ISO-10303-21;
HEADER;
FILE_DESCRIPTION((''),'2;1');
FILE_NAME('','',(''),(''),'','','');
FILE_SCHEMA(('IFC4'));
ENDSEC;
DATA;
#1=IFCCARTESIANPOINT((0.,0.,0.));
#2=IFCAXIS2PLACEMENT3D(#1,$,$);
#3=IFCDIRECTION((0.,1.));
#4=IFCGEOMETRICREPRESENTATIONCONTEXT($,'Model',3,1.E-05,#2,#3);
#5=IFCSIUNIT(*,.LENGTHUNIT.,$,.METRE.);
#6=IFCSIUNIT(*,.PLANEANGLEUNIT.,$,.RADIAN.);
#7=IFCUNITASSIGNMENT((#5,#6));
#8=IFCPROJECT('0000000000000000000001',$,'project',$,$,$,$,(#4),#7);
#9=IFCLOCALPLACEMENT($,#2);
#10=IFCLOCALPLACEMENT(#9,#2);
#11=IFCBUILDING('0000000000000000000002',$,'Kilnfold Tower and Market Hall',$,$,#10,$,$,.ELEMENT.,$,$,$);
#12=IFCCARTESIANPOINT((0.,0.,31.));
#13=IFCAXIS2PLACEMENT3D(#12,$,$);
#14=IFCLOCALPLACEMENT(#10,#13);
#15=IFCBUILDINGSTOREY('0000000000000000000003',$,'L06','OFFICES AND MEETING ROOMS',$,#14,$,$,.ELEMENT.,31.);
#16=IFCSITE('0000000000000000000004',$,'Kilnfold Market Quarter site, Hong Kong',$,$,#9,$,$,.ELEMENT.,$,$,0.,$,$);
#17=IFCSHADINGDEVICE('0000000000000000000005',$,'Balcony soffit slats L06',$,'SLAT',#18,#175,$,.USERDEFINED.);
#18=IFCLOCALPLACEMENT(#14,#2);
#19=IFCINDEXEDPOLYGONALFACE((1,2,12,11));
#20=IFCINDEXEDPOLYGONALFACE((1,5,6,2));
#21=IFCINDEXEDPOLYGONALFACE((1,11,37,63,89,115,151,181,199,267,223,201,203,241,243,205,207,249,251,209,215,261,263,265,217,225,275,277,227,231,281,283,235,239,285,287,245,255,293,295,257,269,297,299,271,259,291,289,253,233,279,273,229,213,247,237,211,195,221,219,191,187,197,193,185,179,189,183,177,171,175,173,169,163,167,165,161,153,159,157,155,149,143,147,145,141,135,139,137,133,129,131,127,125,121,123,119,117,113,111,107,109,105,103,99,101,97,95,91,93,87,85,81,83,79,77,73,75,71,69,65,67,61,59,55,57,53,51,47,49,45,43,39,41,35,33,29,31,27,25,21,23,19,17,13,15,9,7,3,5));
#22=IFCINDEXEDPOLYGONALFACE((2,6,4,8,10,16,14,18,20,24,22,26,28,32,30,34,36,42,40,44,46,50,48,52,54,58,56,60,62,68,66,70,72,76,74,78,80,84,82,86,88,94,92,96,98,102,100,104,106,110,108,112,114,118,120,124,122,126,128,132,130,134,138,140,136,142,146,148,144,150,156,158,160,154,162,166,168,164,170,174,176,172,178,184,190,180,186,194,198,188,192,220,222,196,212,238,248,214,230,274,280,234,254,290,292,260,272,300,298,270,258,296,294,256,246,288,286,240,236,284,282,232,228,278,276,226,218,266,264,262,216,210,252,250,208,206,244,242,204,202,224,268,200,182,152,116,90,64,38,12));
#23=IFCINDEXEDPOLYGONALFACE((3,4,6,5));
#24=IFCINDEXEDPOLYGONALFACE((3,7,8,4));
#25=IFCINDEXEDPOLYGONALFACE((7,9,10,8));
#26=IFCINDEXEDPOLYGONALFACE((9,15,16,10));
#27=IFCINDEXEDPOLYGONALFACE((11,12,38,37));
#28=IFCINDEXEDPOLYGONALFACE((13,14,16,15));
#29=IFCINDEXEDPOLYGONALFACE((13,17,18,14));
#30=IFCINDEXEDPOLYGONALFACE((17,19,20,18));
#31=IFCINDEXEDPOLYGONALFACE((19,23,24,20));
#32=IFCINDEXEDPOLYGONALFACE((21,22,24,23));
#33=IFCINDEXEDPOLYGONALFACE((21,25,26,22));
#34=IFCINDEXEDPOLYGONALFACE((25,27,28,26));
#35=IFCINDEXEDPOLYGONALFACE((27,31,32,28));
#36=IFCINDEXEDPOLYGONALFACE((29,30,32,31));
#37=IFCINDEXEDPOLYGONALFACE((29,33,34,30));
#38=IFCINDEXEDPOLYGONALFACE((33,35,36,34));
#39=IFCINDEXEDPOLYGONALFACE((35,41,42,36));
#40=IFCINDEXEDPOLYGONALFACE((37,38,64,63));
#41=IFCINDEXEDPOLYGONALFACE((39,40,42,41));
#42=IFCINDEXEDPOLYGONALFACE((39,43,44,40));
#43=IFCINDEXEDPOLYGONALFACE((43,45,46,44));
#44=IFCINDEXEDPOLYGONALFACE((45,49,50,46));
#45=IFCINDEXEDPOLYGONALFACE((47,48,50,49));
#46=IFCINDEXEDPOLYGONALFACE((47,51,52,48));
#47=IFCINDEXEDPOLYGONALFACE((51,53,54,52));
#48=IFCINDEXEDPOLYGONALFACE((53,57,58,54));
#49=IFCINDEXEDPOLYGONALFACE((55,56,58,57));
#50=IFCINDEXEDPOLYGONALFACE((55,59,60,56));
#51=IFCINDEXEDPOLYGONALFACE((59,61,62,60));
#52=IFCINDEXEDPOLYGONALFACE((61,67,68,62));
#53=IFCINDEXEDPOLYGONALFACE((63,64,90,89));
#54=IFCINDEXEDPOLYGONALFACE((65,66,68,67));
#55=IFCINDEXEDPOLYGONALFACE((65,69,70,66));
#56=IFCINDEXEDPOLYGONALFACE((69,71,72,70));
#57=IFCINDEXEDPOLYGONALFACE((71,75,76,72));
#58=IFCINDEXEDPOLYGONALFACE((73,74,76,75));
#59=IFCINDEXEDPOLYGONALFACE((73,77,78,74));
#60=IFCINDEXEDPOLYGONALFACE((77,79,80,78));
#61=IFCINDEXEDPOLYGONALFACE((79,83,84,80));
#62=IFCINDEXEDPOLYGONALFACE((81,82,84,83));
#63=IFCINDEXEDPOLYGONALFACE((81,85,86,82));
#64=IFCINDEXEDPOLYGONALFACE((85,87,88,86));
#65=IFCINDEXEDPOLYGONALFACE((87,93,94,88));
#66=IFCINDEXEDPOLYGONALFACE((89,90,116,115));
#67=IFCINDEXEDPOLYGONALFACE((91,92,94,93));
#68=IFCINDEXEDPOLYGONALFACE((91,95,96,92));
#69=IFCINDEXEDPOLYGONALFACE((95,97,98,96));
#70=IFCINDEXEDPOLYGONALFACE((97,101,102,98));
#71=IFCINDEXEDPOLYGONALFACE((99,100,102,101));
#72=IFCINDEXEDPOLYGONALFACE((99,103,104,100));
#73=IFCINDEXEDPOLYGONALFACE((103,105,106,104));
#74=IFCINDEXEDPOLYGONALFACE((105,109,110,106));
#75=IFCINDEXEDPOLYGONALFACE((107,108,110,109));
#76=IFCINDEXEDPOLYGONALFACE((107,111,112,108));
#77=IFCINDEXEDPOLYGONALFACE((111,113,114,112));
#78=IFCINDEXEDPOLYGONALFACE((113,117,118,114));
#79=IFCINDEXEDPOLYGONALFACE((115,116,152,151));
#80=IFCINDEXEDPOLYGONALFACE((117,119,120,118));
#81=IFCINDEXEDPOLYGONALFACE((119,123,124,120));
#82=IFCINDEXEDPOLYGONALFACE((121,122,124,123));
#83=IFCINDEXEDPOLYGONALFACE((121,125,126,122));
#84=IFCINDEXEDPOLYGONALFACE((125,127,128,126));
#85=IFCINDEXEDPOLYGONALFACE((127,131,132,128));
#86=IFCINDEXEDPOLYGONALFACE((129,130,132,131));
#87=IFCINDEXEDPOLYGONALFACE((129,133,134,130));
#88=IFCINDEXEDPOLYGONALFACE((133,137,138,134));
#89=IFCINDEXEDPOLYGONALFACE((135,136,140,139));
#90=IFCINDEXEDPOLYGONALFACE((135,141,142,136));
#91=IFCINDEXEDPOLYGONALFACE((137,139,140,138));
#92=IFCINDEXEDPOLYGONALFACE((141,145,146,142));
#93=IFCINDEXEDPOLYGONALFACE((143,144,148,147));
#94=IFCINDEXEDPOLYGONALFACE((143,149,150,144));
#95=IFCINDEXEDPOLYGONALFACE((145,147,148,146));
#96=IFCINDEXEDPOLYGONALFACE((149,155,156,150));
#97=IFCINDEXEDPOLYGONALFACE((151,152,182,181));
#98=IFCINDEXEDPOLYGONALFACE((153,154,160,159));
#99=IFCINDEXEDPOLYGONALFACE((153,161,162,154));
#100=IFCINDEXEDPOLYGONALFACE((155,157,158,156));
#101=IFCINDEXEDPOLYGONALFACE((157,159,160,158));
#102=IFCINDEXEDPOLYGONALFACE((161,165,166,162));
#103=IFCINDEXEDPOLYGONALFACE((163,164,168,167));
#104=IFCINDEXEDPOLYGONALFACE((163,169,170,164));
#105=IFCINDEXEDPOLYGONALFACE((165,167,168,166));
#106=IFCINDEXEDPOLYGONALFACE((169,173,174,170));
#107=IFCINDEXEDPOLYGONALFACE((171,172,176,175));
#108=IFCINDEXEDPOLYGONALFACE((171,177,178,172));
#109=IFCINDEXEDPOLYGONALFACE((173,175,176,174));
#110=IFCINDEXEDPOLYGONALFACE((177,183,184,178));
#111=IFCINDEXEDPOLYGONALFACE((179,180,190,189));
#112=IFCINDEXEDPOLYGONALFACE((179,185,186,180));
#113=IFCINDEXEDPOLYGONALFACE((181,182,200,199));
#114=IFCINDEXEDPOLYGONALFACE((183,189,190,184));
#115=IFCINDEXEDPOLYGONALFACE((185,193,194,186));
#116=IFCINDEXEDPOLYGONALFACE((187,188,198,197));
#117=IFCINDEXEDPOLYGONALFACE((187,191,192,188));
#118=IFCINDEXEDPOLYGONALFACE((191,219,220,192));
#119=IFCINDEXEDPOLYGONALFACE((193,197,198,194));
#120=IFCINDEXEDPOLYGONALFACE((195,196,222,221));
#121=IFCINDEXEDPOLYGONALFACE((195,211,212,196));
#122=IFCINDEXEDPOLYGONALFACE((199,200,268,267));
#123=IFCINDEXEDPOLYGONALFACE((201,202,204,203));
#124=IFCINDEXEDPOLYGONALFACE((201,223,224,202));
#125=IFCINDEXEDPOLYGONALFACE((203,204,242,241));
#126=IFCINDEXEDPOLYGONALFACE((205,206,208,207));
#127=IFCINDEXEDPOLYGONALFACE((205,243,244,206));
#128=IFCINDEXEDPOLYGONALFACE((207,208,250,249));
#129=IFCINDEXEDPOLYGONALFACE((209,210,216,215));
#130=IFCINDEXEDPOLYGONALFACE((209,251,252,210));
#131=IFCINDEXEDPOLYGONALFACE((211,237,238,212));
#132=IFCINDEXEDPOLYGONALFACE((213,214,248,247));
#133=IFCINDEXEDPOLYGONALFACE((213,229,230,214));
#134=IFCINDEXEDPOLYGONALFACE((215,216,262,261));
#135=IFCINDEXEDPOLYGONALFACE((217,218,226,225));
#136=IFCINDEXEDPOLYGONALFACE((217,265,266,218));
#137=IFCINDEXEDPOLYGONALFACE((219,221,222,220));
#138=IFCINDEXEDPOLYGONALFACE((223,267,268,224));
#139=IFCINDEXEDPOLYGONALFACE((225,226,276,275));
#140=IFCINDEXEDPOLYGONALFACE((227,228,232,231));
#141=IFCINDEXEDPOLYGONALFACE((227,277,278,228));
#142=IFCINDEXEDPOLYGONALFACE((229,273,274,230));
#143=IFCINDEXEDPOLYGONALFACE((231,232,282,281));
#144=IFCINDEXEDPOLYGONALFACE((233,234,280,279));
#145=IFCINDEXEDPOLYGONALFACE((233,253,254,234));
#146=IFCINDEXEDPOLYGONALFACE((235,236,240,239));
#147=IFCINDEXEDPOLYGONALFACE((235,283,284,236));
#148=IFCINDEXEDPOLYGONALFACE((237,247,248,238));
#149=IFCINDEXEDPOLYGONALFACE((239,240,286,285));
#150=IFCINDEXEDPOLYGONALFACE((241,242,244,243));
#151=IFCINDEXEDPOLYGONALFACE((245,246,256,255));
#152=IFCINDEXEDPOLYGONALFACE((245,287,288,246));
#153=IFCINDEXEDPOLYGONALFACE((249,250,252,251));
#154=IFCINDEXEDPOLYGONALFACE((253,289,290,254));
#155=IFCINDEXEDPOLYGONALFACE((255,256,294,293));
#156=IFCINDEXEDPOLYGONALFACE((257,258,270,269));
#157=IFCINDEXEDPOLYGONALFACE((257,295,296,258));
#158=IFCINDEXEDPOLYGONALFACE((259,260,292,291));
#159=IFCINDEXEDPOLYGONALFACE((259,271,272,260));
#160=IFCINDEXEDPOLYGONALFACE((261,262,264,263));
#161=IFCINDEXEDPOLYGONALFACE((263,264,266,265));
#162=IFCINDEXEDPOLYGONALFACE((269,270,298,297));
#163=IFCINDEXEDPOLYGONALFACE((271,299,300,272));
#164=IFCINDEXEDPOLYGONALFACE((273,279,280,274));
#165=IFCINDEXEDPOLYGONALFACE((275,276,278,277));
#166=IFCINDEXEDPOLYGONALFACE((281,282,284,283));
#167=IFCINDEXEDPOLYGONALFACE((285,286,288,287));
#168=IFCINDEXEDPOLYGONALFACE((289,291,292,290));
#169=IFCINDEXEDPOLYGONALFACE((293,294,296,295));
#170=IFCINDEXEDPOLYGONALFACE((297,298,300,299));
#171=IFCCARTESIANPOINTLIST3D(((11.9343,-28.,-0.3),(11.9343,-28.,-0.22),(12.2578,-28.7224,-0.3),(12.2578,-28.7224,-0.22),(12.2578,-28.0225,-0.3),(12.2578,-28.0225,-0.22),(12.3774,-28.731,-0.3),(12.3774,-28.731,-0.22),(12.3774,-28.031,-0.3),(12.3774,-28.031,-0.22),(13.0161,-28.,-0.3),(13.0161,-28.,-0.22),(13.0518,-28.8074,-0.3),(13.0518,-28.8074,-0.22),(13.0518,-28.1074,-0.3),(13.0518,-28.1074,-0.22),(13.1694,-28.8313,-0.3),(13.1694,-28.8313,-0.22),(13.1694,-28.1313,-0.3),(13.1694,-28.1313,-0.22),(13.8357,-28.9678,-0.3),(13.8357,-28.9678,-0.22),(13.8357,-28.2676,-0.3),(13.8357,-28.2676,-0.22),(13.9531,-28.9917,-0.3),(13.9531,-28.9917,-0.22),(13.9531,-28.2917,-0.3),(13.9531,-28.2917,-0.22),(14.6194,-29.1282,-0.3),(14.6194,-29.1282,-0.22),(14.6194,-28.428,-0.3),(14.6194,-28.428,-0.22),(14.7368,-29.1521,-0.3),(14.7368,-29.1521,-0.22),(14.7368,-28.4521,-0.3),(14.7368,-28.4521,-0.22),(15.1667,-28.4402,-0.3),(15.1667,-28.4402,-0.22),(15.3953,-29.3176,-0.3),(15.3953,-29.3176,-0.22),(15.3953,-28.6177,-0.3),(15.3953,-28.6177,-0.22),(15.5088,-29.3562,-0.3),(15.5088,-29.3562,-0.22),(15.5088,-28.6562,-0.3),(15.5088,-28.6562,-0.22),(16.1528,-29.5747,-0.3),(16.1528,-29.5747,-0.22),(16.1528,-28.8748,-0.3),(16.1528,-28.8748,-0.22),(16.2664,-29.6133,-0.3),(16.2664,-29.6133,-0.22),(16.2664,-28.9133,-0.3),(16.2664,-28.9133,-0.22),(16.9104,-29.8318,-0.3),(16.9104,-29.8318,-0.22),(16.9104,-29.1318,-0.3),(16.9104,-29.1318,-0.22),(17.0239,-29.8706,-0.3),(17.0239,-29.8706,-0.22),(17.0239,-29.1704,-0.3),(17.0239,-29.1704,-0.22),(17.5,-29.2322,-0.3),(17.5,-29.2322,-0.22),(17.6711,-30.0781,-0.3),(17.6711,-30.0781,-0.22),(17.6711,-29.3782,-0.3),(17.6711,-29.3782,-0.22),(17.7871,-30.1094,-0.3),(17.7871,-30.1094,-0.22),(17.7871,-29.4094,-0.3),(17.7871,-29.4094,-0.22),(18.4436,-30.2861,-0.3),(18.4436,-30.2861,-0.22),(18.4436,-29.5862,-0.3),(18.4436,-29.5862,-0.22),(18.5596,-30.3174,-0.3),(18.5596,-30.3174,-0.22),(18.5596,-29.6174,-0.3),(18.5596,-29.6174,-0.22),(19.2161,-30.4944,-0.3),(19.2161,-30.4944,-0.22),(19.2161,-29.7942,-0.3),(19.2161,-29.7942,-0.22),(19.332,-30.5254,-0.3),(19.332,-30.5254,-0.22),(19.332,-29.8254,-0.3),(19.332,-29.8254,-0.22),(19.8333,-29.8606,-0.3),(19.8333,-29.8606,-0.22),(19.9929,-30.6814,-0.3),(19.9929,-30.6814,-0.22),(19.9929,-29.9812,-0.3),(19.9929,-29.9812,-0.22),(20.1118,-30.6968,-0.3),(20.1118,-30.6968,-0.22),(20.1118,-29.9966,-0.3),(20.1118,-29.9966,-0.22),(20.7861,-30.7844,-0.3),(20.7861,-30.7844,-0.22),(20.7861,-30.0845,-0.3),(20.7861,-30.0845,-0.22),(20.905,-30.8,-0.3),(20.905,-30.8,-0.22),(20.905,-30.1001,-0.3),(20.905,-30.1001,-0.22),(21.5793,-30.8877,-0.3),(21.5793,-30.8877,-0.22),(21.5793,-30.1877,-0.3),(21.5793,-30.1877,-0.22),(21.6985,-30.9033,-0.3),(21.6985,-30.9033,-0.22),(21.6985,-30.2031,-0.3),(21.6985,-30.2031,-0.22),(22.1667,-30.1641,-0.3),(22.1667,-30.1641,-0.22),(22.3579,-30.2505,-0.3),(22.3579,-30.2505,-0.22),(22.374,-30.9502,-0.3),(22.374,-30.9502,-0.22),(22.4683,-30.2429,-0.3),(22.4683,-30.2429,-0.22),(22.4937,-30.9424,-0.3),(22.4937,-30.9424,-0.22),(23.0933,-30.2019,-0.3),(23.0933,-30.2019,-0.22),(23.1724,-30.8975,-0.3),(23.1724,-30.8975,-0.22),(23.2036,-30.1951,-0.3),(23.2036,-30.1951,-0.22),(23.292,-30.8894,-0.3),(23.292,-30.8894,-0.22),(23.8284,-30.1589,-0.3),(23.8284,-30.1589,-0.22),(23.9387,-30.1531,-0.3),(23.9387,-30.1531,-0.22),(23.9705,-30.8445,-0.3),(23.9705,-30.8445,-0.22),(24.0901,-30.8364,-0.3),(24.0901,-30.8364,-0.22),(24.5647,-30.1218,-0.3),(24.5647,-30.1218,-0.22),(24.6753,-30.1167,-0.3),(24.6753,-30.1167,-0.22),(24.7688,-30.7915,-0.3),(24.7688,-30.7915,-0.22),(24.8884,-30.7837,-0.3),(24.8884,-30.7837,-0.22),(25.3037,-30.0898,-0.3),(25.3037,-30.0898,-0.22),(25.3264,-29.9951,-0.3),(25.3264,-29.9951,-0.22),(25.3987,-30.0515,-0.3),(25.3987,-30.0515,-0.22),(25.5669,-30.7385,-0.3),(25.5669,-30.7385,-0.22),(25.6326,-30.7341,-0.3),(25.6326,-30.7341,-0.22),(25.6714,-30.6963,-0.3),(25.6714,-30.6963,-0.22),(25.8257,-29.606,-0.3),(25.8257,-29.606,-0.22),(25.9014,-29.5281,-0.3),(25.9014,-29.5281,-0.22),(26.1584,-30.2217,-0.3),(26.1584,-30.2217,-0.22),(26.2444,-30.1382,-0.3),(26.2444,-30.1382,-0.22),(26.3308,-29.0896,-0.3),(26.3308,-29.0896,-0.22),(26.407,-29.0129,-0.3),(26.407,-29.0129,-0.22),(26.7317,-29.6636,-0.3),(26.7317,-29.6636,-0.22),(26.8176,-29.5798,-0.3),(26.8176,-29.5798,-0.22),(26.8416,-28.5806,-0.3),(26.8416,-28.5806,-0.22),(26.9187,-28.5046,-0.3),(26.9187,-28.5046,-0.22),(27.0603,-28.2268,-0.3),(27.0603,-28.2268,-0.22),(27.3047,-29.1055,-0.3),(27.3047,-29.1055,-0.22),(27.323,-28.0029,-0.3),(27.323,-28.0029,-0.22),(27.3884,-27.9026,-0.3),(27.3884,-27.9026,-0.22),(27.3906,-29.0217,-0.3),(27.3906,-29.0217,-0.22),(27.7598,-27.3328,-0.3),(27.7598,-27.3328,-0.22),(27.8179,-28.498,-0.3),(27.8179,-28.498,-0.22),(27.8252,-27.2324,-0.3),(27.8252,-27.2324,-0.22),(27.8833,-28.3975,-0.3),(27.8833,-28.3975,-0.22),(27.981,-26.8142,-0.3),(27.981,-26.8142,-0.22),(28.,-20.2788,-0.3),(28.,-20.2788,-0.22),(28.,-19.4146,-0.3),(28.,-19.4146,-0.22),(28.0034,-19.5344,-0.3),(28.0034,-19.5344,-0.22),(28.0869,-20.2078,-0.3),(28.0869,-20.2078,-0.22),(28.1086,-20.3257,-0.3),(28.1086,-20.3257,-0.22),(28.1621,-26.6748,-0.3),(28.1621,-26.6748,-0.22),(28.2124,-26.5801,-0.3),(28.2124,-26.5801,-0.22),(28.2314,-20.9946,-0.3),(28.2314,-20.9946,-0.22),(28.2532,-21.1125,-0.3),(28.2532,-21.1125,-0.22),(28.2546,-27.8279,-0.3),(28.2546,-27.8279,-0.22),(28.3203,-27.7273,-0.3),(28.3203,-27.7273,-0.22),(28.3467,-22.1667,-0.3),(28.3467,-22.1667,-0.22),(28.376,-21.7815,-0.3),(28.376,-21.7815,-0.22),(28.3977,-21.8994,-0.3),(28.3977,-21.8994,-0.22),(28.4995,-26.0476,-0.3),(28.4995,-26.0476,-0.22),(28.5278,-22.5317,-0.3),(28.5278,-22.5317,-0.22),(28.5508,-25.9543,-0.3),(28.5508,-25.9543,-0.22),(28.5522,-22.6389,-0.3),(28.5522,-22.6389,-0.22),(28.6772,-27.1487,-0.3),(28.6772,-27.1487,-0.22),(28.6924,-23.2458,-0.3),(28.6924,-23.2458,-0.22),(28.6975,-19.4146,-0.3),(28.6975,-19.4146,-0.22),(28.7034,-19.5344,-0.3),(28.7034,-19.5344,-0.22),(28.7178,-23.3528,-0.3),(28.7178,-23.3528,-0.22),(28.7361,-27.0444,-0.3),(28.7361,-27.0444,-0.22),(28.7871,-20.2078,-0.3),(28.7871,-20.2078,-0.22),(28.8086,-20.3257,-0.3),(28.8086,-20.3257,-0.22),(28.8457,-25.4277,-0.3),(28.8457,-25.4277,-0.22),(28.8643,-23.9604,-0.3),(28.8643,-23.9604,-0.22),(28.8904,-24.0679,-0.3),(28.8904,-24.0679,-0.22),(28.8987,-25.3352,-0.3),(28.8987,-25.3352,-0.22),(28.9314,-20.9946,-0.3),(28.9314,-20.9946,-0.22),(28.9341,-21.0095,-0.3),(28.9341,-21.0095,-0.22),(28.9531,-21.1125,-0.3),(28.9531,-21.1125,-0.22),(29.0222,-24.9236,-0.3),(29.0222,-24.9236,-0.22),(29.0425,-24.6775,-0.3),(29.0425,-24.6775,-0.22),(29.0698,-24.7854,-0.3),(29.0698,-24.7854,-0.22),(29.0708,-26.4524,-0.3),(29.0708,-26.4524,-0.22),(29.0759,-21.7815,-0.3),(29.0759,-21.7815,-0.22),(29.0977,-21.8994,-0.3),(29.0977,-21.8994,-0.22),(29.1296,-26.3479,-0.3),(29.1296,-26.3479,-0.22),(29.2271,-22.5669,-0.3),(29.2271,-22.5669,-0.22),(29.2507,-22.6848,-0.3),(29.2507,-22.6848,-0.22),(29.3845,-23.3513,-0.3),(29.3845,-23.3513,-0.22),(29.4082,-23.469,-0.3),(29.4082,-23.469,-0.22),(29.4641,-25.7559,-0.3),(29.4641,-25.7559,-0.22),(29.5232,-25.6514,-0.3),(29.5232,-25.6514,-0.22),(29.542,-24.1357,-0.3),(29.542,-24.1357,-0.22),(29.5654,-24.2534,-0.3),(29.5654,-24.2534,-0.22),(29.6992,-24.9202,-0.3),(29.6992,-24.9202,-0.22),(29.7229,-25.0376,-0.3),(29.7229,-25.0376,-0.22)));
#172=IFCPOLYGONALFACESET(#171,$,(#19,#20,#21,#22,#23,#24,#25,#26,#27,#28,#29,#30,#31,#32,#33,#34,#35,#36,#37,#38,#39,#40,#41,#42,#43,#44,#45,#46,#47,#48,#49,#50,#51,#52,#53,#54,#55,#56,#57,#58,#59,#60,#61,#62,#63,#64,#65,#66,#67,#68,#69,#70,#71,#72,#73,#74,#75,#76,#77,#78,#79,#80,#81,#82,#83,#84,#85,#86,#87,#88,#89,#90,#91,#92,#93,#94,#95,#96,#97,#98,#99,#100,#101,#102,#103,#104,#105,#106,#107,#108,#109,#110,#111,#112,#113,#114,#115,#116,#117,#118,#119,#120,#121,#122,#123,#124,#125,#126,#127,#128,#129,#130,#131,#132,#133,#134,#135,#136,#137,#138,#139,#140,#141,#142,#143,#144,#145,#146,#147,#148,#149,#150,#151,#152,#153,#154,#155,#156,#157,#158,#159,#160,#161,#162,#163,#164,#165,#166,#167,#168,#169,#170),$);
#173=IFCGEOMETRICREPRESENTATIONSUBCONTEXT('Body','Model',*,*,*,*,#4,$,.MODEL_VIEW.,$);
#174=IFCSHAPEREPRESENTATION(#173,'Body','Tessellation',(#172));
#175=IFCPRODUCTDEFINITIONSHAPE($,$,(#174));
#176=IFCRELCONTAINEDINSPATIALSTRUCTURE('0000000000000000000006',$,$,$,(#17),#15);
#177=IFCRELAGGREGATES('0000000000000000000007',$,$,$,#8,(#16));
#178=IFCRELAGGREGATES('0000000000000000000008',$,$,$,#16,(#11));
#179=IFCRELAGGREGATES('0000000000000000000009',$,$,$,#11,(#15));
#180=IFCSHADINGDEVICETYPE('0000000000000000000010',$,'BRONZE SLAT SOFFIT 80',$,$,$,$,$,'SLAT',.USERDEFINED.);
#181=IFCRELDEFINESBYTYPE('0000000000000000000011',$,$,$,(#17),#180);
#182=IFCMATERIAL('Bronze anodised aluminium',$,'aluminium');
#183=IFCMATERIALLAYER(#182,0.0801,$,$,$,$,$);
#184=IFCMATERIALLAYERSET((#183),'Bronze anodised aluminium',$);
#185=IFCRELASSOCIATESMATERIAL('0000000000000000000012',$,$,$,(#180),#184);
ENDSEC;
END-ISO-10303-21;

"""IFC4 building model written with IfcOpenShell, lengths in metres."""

from ifc_helpers import new_model, si_unit, direction, frame, origin, place, context, subcontext, project, spatial, polyline, outline, extrude, source, transform, mapped, material, layer, layer_set, type_object, element, save


model = new_model("IFC4")

# Units and contexts
model_context = context("Model", 3, precision=1e-05, world=origin(), true_north=direction((0.0, 1.0)))
body_context = subcontext(model_context, "Body", "Model", "MODEL_VIEW")
ifc_project = project(units=[si_unit("LENGTHUNIT", "METRE"), si_unit("PLANEANGLEUNIT", "RADIAN")], contexts=[model_context])

# Site, building, storey
site_placement = place(None, origin())
site = spatial("IfcSite", under=ifc_project, at=site_placement, Name="Kilnfold Market Quarter site, Hong Kong", CompositionType="ELEMENT", RefElevation=0.0)
building_placement = place(site_placement, origin())
building = spatial("IfcBuilding", under=site, at=building_placement, Name="Kilnfold Tower and Market Hall", CompositionType="ELEMENT")
storey_placement = place(building_placement, frame((0.0, 0.0, 31.0)))
storey = spatial("IfcBuildingStorey", under=building, at=storey_placement, Name="L06", Description="OFFICES AND MEETING ROOMS", CompositionType="ELEMENT", Elevation=31.0)

# Shading device
ifc_material_1 = material(Name="Bronze anodised aluminium", Category="aluminium")
ifc_layer_1 = layer(ifc_material_1, 0.0801)
ifc_layer_set_1 = layer_set([ifc_layer_1], Name="Bronze anodised aluminium")
shading_device_type_1 = type_object("IfcShadingDeviceType", Name="BRONZE SLAT SOFFIT 80", ElementType="SLAT", PredefinedType="USERDEFINED", material=ifc_layer_set_1)
shared_shape_1 = source(origin(), body_context, "Body", "SweptSolid", [
    extrude(outline(polyline([(15.1667, -28.4402), (17.5, -29.2322), (19.8333, -29.8606), (22.1667, -30.1641), (25.3264, -29.9951), (27.0603, -28.2268), (27.981, -26.8142), (29.0222, -24.9236), (28.3467, -22.1667), (28.0, -20.2788), (28.0, -19.4146), (28.6975, -19.4146), (28.7034, -19.5344), (28.0034, -19.5344), (28.0869, -20.2078), (28.7871, -20.2078), (28.8086, -20.3257), (28.1086, -20.3257), (28.2314, -20.9946), (28.9314, -20.9946), (28.9341, -21.0095), (28.9531, -21.1125), (28.2532, -21.1125), (28.376, -21.7815), (29.0759, -21.7815), (29.0977, -21.8994), (28.3977, -21.8994), (28.5278, -22.5317), (29.2271, -22.5669), (29.2507, -22.6848), (28.5522, -22.6389), (28.6924, -23.2458), (29.3845, -23.3513), (29.4082, -23.469), (28.7178, -23.3528), (28.8643, -23.9604), (29.542, -24.1357), (29.5654, -24.2534), (28.8904, -24.0679), (29.0425, -24.6775), (29.6992, -24.9202), (29.7229, -25.0376), (29.0698, -24.7854), (28.8987, -25.3352), (29.5232, -25.6514), (29.4641, -25.7559), (28.8457, -25.4277), (28.5508, -25.9543), (29.1296, -26.3479), (29.0708, -26.4524), (28.4995, -26.0476), (28.2124, -26.5801), (28.7361, -27.0444), (28.6772, -27.1487), (28.1621, -26.6748), (27.8252, -27.2324), (28.3203, -27.7273), (28.2546, -27.8279), (27.7598, -27.3328), (27.3884, -27.9026), (27.8833, -28.3975), (27.8179, -28.498), (27.323, -28.0029), (26.9187, -28.5046), (27.3906, -29.0217), (27.3047, -29.1055), (26.8416, -28.5806), (26.407, -29.0129), (26.8176, -29.5798), (26.7317, -29.6636), (26.3308, -29.0896), (25.9014, -29.5281), (26.2444, -30.1382), (26.1584, -30.2217), (25.8257, -29.606), (25.3987, -30.0515), (25.6714, -30.6963), (25.6326, -30.7341), (25.5669, -30.7385), (25.3037, -30.0898), (24.6753, -30.1167), (24.8884, -30.7837), (24.7688, -30.7915), (24.5647, -30.1218), (23.9387, -30.1531), (24.0901, -30.8364), (23.9705, -30.8445), (23.8284, -30.1589), (23.2036, -30.1951), (23.292, -30.8894), (23.1724, -30.8975), (23.0933, -30.2019), (22.4683, -30.2429), (22.4937, -30.9424), (22.374, -30.9502), (22.3579, -30.2505), (21.6985, -30.2031), (21.6985, -30.9033), (21.5793, -30.8877), (21.5793, -30.1877), (20.905, -30.1001), (20.905, -30.8), (20.7861, -30.7844), (20.7861, -30.0845), (20.1118, -29.9966), (20.1118, -30.6968), (19.9929, -30.6814), (19.9929, -29.9812), (19.332, -29.8254), (19.332, -30.5254), (19.2161, -30.4944), (19.2161, -29.7942), (18.5596, -29.6174), (18.5596, -30.3174), (18.4436, -30.2861), (18.4436, -29.5862), (17.7871, -29.4094), (17.7871, -30.1094), (17.6711, -30.0781), (17.6711, -29.3782), (17.0239, -29.1704), (17.0239, -29.8706), (16.9104, -29.8318), (16.9104, -29.1318), (16.2664, -28.9133), (16.2664, -29.6133), (16.1528, -29.5747), (16.1528, -28.8748), (15.5088, -28.6562), (15.5088, -29.3562), (15.3953, -29.3176), (15.3953, -28.6177), (14.7368, -28.4521), (14.7368, -29.1521), (14.6194, -29.1282), (14.6194, -28.428), (13.9531, -28.2917), (13.9531, -28.9917), (13.8357, -28.9678), (13.8357, -28.2676), (13.1694, -28.1313), (13.1694, -28.8313), (13.0518, -28.8074), (13.0518, -28.1074), (12.3774, -28.031), (12.3774, -28.731), (12.2578, -28.7224), (12.2578, -28.0225), (11.9343, -28.0), (13.0161, -28.0), (15.1667, -28.4402)])), origin(), (0.0, 0.0, 1.0), 0.0801),
])
shading_device_1_placement = place(storey_placement, frame((0.0, 0.0, -0.3)))
element("IfcShadingDevice", 1, at=shading_device_1_placement, inside=storey, type_object=shading_device_type_1, Name="Balcony soffit slats L06", ObjectType="SLAT", PredefinedType="USERDEFINED", context=body_context, shape_type="MappedRepresentation", body=[
    mapped(shared_shape_1, transform((0.0, 0.0, 0.0))),
])

save(model, "model.ifc")
